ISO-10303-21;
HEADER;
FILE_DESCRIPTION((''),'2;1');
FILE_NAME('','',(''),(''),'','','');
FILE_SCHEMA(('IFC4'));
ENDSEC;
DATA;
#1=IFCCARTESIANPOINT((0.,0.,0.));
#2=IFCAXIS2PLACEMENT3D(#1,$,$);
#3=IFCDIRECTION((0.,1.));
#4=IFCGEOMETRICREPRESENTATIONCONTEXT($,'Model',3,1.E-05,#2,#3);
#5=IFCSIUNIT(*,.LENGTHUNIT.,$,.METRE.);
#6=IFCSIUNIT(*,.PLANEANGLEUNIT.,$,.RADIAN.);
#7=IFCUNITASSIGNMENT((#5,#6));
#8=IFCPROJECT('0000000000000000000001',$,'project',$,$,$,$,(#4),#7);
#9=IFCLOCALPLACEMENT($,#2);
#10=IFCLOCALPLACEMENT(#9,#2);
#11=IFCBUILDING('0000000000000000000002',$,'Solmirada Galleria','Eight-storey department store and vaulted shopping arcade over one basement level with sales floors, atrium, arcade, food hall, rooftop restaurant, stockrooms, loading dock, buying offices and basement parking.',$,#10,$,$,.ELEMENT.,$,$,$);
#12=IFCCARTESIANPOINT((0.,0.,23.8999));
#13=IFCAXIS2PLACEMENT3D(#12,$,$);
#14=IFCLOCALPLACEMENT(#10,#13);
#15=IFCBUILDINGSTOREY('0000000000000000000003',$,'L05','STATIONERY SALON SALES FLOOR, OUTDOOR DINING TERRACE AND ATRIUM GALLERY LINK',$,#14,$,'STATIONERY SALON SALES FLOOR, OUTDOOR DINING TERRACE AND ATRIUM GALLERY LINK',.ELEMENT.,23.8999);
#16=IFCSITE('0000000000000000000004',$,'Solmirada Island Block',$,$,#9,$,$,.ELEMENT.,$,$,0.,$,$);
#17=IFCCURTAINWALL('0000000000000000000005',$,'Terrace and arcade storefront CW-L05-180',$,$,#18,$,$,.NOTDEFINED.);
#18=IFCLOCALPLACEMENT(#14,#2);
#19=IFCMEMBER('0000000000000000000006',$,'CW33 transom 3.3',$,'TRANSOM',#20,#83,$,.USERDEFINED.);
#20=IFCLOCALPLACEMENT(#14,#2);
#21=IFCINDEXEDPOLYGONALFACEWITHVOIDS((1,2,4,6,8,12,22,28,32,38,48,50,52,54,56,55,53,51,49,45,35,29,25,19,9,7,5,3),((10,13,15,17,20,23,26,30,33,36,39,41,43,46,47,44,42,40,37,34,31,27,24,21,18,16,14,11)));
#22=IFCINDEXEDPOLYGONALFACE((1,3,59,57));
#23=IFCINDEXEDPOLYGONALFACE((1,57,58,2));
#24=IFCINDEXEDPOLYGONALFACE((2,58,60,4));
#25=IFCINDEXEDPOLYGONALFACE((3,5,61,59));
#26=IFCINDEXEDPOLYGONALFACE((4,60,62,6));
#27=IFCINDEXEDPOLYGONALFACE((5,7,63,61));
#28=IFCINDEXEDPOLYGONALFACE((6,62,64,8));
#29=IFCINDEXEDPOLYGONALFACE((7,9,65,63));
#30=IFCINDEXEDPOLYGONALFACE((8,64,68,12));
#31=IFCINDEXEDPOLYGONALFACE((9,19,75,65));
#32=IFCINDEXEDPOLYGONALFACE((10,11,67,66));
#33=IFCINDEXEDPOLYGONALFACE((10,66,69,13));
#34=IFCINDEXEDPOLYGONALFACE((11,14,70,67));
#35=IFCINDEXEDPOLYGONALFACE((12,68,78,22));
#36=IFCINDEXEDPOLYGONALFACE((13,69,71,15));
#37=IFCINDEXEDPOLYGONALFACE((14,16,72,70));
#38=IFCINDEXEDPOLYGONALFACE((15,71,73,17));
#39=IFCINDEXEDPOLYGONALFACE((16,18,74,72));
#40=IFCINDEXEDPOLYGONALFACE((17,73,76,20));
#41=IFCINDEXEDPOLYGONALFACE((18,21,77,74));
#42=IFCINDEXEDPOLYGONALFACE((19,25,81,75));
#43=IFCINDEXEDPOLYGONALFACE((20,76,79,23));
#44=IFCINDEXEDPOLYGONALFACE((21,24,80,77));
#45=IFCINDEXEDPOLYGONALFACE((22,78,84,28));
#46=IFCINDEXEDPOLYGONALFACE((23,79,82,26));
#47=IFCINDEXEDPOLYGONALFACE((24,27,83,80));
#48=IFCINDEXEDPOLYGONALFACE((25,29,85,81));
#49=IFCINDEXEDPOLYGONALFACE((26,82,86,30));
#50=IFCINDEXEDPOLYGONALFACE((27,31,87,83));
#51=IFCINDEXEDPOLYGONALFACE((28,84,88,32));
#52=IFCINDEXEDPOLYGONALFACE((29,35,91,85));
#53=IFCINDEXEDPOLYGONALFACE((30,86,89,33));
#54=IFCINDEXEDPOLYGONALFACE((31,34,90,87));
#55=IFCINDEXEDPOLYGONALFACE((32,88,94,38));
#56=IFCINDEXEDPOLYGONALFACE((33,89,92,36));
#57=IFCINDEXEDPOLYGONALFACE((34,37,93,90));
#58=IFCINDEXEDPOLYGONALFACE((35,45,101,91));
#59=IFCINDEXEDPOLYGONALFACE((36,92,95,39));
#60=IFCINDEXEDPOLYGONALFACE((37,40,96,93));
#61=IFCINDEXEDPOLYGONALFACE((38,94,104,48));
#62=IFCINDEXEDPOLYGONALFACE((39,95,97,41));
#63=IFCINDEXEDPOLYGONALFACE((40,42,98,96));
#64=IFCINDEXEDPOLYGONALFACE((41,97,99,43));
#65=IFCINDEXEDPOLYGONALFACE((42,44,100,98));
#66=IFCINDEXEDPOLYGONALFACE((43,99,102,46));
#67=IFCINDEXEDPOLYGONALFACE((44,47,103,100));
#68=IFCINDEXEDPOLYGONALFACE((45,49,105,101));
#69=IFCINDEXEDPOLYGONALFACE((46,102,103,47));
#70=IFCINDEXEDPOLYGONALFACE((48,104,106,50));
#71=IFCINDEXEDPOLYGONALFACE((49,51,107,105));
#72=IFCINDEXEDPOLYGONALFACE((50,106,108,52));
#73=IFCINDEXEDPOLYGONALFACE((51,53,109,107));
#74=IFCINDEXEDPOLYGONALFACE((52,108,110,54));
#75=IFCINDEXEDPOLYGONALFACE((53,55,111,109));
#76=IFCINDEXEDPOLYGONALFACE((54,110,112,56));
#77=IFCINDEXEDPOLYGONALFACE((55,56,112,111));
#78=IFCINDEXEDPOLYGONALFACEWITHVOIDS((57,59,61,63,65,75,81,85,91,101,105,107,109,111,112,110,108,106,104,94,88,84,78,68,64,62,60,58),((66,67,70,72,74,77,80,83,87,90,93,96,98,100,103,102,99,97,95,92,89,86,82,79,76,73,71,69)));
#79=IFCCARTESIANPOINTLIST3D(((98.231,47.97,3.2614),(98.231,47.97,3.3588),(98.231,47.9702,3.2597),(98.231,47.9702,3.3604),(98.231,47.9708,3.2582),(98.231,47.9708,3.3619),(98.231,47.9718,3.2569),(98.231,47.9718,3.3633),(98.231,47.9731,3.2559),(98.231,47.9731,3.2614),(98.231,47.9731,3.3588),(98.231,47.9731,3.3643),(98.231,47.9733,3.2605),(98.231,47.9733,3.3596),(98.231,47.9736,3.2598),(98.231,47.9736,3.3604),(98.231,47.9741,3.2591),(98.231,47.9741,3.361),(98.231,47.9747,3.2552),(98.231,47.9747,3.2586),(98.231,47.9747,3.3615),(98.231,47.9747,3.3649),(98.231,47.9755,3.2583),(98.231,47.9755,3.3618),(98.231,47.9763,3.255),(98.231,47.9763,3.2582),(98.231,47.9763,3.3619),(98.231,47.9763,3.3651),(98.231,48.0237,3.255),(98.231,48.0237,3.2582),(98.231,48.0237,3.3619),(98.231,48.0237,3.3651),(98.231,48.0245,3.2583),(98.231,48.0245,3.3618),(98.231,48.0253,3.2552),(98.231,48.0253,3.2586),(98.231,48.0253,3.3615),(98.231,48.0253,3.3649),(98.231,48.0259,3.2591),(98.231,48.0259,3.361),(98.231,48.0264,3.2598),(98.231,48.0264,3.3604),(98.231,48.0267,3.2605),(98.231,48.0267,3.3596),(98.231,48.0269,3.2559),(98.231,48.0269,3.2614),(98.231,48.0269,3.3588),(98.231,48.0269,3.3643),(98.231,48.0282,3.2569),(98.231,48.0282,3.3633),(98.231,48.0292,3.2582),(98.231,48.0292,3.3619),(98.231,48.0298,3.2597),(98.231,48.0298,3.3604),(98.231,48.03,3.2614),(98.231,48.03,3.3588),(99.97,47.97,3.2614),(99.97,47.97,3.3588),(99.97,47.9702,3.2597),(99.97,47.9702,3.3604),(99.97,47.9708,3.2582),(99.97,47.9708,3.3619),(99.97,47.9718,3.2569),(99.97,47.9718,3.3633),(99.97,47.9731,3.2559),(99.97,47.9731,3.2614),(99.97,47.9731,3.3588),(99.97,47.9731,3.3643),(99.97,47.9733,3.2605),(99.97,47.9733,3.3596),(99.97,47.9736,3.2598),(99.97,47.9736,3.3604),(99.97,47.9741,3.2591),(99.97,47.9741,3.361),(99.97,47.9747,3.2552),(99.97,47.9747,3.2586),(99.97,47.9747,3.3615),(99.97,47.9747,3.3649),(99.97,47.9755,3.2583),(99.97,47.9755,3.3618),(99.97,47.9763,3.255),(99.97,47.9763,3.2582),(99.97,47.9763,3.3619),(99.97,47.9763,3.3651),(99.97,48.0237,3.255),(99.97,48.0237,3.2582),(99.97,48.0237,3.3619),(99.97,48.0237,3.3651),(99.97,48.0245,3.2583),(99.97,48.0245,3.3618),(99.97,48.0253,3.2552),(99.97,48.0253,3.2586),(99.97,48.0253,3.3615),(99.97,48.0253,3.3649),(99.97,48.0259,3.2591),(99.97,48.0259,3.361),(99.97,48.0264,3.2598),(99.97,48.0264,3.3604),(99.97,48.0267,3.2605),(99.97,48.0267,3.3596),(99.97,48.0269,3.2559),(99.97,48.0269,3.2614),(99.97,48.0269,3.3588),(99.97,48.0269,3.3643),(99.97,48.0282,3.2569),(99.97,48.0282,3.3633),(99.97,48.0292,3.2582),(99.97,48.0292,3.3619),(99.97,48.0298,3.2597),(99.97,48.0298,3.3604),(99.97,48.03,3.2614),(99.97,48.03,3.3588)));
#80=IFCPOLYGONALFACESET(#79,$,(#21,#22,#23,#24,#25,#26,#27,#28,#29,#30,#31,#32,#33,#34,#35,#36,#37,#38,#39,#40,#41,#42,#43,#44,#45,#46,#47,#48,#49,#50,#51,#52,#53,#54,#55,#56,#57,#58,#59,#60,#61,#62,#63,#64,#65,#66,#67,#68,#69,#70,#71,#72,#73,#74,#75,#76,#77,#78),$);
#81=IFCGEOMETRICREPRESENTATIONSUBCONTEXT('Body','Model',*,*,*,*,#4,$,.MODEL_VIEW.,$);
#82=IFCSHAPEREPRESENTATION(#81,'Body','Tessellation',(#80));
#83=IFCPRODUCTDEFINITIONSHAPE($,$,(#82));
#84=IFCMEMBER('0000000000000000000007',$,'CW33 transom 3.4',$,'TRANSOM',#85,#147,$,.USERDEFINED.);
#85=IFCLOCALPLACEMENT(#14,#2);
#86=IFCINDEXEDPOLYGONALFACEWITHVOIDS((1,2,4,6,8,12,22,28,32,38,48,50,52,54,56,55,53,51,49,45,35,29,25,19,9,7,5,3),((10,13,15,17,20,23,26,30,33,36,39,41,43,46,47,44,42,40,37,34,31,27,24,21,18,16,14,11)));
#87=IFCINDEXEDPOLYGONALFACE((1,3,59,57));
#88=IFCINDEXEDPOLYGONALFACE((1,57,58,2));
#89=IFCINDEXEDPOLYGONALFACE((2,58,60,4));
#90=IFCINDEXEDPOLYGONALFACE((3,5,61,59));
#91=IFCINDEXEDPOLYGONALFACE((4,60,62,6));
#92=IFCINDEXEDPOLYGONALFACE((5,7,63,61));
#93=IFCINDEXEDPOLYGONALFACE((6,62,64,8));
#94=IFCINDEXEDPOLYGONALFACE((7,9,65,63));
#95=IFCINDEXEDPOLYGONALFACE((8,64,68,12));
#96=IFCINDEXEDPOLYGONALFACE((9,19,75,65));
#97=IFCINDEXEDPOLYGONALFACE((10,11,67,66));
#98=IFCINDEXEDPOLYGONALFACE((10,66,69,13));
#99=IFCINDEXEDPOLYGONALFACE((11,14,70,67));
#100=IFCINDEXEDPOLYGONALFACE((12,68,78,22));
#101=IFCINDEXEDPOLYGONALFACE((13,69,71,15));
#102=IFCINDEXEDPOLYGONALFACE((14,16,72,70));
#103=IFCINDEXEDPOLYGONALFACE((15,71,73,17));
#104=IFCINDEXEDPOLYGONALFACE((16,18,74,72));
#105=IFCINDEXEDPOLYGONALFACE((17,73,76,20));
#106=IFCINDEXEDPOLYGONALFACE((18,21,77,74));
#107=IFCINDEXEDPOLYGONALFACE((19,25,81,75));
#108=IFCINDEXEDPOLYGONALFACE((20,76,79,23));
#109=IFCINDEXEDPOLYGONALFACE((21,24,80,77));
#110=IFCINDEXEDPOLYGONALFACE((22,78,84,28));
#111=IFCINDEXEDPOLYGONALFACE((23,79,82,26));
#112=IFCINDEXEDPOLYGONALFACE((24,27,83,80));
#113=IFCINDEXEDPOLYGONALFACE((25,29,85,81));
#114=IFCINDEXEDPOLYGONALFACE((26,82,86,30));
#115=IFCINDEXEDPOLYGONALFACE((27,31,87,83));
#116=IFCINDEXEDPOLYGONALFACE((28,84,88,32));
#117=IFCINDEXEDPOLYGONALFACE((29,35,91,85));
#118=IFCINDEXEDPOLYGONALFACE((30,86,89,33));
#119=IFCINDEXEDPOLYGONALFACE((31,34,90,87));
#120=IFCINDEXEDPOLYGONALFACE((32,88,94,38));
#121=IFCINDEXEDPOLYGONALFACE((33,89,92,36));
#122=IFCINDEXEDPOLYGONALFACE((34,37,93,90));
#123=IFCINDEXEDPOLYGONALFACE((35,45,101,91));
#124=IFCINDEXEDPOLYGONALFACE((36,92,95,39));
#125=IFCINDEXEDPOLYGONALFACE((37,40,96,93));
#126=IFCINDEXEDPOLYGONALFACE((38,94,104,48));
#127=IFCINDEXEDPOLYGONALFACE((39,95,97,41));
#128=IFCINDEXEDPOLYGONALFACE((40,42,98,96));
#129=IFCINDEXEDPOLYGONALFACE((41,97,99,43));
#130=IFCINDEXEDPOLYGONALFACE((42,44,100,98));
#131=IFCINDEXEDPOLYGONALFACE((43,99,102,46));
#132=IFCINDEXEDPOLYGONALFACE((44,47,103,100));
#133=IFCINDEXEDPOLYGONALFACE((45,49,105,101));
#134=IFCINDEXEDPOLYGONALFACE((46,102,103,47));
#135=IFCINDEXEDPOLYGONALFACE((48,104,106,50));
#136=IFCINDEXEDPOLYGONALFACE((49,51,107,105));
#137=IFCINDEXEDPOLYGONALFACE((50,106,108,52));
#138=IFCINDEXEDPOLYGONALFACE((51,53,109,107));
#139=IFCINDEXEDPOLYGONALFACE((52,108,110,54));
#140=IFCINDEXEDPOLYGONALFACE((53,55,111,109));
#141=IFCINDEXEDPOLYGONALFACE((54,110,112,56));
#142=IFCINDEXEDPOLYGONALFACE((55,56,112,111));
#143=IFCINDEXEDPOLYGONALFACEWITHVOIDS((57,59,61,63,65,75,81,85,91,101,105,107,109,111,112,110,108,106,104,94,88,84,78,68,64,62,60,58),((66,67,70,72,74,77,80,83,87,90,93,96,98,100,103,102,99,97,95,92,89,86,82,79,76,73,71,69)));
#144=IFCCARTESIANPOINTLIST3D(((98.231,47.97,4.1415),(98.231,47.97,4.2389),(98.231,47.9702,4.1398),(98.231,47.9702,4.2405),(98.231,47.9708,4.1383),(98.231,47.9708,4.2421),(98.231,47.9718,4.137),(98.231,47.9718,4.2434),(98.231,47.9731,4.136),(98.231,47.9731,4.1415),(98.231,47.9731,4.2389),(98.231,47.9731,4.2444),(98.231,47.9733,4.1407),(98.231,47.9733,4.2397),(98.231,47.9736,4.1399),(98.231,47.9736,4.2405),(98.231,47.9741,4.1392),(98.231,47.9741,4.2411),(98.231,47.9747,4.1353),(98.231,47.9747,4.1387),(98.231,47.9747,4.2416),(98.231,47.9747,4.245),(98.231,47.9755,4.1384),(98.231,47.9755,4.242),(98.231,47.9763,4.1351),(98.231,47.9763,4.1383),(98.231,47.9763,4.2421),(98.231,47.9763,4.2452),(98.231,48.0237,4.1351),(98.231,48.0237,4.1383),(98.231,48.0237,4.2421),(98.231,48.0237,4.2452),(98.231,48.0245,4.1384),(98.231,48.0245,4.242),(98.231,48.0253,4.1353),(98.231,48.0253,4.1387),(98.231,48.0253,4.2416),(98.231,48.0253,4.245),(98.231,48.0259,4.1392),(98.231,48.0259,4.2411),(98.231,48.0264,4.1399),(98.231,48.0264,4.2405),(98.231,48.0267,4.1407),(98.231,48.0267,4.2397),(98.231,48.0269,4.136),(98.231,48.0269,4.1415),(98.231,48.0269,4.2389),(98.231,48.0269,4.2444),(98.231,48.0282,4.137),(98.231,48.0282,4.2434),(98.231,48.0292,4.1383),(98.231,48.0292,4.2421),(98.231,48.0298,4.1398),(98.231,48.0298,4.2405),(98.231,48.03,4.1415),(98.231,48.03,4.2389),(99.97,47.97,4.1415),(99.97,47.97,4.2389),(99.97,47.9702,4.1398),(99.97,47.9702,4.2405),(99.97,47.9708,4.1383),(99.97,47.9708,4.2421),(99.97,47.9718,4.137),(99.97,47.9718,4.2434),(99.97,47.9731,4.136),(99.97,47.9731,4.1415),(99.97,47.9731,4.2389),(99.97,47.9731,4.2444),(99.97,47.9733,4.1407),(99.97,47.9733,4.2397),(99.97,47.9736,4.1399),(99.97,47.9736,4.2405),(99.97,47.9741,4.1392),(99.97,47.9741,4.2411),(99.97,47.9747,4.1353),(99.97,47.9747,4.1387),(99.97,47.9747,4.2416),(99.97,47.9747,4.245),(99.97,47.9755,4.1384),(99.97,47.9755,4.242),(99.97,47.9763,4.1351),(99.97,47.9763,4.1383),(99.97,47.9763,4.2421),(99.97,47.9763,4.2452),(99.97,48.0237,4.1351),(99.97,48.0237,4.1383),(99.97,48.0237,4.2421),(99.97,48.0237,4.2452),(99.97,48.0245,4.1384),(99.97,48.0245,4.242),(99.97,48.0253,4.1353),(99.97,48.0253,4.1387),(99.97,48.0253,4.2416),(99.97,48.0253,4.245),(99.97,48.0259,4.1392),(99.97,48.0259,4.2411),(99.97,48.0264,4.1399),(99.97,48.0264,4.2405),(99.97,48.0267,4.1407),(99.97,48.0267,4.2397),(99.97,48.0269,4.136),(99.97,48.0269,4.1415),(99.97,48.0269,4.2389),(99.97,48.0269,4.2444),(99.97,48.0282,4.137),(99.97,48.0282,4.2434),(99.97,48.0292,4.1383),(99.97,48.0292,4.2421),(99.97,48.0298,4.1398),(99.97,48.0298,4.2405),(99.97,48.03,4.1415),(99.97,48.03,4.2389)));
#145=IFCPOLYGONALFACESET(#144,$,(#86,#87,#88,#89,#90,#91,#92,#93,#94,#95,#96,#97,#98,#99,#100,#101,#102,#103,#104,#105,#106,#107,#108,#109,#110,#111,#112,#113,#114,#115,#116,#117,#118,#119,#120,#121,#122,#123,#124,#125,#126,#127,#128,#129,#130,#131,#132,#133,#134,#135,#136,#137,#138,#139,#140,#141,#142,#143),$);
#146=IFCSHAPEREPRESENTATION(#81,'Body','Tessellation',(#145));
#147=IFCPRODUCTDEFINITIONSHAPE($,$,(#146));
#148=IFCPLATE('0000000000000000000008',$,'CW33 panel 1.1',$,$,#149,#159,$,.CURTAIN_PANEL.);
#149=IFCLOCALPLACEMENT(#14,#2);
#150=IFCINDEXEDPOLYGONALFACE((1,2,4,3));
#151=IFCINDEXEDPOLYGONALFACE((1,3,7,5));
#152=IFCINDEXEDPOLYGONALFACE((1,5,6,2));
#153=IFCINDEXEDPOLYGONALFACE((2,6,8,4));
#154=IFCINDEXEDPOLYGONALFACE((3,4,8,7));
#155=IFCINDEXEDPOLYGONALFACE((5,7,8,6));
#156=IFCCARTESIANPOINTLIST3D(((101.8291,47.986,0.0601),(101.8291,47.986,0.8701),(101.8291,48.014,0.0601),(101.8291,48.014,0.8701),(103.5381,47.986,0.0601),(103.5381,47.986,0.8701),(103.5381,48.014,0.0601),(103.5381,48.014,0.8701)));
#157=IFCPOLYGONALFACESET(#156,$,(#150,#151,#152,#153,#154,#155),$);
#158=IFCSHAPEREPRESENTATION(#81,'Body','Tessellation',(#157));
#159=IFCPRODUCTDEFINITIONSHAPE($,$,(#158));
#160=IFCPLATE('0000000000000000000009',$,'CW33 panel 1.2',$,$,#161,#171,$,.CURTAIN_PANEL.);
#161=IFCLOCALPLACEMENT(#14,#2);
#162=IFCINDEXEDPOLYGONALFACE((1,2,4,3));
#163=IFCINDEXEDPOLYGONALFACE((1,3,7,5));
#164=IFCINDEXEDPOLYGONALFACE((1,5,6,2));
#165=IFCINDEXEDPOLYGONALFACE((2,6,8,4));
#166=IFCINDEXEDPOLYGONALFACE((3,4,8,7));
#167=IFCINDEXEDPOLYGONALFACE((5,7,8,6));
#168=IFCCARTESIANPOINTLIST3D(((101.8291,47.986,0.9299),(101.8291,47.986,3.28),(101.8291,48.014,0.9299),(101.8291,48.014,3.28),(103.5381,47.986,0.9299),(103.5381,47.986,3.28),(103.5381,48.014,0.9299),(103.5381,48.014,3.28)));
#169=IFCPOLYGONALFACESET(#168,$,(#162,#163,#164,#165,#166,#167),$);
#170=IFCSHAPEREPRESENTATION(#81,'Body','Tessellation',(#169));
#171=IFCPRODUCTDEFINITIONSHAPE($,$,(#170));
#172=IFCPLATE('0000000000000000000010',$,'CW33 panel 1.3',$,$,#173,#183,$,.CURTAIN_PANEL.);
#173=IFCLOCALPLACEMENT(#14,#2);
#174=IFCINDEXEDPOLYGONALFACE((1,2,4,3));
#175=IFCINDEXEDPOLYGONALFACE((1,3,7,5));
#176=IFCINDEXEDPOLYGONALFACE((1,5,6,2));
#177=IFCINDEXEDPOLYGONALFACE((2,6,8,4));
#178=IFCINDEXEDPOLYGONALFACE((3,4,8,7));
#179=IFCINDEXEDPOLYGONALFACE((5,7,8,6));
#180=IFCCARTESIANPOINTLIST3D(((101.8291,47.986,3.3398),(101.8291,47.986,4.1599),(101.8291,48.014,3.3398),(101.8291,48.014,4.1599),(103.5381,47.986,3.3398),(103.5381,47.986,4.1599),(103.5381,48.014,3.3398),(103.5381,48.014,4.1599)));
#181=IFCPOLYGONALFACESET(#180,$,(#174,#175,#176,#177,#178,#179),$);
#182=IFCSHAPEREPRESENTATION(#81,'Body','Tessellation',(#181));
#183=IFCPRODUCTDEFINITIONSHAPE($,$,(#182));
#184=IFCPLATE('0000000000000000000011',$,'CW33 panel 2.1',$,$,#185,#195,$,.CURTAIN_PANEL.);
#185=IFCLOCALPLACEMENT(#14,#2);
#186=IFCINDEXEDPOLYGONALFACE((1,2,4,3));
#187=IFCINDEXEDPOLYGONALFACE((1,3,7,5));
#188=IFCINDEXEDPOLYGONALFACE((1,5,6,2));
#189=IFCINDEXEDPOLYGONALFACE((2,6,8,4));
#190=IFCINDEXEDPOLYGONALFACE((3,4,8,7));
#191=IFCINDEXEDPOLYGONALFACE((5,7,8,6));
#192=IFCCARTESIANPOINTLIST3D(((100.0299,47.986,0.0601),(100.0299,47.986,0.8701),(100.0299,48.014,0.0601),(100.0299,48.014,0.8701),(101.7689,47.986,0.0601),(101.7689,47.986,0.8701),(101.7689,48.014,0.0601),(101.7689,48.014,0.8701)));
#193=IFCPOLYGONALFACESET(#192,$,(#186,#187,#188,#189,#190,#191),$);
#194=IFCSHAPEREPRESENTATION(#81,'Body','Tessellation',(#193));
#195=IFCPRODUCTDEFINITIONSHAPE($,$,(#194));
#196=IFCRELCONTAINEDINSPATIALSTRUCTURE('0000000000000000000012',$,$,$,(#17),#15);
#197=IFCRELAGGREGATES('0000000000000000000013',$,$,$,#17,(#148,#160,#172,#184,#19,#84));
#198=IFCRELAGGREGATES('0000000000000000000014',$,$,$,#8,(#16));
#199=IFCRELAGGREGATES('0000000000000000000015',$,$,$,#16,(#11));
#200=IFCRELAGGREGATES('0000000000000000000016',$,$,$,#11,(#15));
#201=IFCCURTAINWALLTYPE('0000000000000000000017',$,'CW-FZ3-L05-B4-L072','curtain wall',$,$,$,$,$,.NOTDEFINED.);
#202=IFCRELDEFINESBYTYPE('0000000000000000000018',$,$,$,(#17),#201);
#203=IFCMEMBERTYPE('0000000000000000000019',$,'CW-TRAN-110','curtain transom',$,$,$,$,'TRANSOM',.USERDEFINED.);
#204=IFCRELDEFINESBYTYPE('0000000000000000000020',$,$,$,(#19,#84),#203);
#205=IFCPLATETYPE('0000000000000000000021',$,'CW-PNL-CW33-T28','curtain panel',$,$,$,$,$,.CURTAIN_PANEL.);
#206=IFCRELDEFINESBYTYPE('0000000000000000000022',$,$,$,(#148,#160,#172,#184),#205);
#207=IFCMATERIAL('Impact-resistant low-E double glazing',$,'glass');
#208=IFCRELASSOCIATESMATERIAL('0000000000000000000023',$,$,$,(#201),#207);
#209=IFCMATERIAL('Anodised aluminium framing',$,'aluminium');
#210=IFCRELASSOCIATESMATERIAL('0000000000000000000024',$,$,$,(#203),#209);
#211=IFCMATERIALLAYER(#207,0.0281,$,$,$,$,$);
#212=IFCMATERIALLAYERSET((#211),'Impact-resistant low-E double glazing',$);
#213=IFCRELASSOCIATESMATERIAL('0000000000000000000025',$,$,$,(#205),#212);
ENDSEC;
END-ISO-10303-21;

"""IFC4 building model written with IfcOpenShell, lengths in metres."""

from ifc_helpers import new_model, si_unit, direction, frame, origin, origin_2d, place, context, subcontext, project, spatial, rectangle, hollow_rectangle, extrude, material, layer, layer_set, material_profile, profile_set, type_object, element, aggregate, save


model = new_model("IFC4")

# Units and contexts
model_context = context("Model", 3, precision=1e-05, world=origin(), true_north=direction((0.0, 1.0)))
body_context = subcontext(model_context, "Body", "Model", "MODEL_VIEW")
ifc_project = project(units=[si_unit("LENGTHUNIT", "METRE"), si_unit("PLANEANGLEUNIT", "RADIAN")], contexts=[model_context])

# Site, building, storey
site_placement = place(None, origin())
site = spatial("IfcSite", under=ifc_project, at=site_placement, Name="Solmirada Island Block", CompositionType="ELEMENT", RefElevation=0.0)
building_placement = place(site_placement, origin())
building = spatial("IfcBuilding", under=site, at=building_placement, Name="Solmirada Galleria", Description="Eight-storey department store and vaulted shopping arcade over one basement level with sales floors, atrium, arcade, food hall, rooftop restaurant, stockrooms, loading dock, buying offices and basement parking.", CompositionType="ELEMENT")
storey_placement = place(building_placement, frame((0.0, 0.0, 23.8999)))
storey = spatial("IfcBuildingStorey", under=building, at=storey_placement, Name="L05", Description="STATIONERY SALON SALES FLOOR, OUTDOOR DINING TERRACE AND ATRIUM GALLERY LINK", LongName="STATIONERY SALON SALES FLOOR, OUTDOOR DINING TERRACE AND ATRIUM GALLERY LINK", CompositionType="ELEMENT", Elevation=23.8999)

# Curtain wall, members, plates
ifc_material_1 = material(Name="Impact-resistant low-E double glazing", Category="glass")
curtain_wall_type = type_object("IfcCurtainWallType", Name="CW-FZ3-L05-B4-L072", Description="curtain wall", PredefinedType="NOTDEFINED", material=ifc_material_1)
curtain_wall_placement = place(storey_placement, origin())
curtain_wall = element("IfcCurtainWall", 1, at=curtain_wall_placement, inside=storey, type_object=curtain_wall_type, Name="Terrace and arcade storefront CW-L05-180", PredefinedType="NOTDEFINED")
ifc_material_2 = material(Name="Anodised aluminium framing", Category="aluminium")
ifc_material_profile_1 = material_profile(ifc_material_2, hollow_rectangle(XDim=0.0601, YDim=0.1101, WallThickness=0.0032, InnerFilletRadius=0.0032, OuterFilletRadius=0.0063, at=origin_2d()), Name="ALU-TRAN-110X60")
ifc_profile_set_1 = profile_set([ifc_material_profile_1], Name="Anodised aluminium framing")
member_type_1 = type_object("IfcMemberType", Name="CW-TRAN-110", Description="curtain transom", ElementType="TRANSOM", PredefinedType="USERDEFINED", material=ifc_profile_set_1)
member_1_placement = place(storey_placement, frame((99.97, 48.0, 3.3101), z_axis=(-1.0, 0.0, 0.0), x_axis=(0.0, -1.0, 0.0)))
member_1 = element("IfcMember", 2, at=member_1_placement, type_object=member_type_1, Name="CW33 transom 3.3", ObjectType="TRANSOM", PredefinedType="USERDEFINED", context=body_context, shape_type="SweptSolid", body=[
    extrude(hollow_rectangle(XDim=0.0601, YDim=0.1101, WallThickness=0.0032, InnerFilletRadius=0.0032, OuterFilletRadius=0.0063, at=origin_2d()), origin(), (0.0, 0.0, 1.0), 1.739),
])
member_2_placement = place(storey_placement, frame((99.97, 48.0, 4.1902), z_axis=(-1.0, 0.0, 0.0), x_axis=(0.0, -1.0, 0.0)))
member_2 = element("IfcMember", 3, at=member_2_placement, type_object=member_type_1, Name="CW33 transom 3.4", ObjectType="TRANSOM", PredefinedType="USERDEFINED", context=body_context, shape_type="SweptSolid", body=[
    extrude(hollow_rectangle(XDim=0.0601, YDim=0.1101, WallThickness=0.0032, InnerFilletRadius=0.0032, OuterFilletRadius=0.0063, at=origin_2d()), origin(), (0.0, 0.0, 1.0), 1.739),
])
ifc_layer_1 = layer(ifc_material_1, 0.0281)
ifc_layer_set_1 = layer_set([ifc_layer_1], Name="Impact-resistant low-E double glazing")
plate_type = type_object("IfcPlateType", Name="CW-PNL-CW33-T28", Description="curtain panel", PredefinedType="CURTAIN_PANEL", material=ifc_layer_set_1)
plate_1_placement = place(storey_placement, frame((102.6836, 48.0, 0.0601), z_axis=(0.0, 0.0, 1.0), x_axis=(-1.0, 0.0, 0.0)))
plate_1 = element("IfcPlate", 4, at=plate_1_placement, type_object=plate_type, Name="CW33 panel 1.1", PredefinedType="CURTAIN_PANEL", context=body_context, shape_type="SweptSolid", body=[
    extrude(rectangle(XDim=1.709, YDim=0.0281, at=origin_2d()), origin(), (0.0, 0.0, 1.0), 0.8101),
])
plate_2_placement = place(storey_placement, frame((102.6836, 48.0, 0.9299), z_axis=(0.0, 0.0, 1.0), x_axis=(-1.0, 0.0, 0.0)))
plate_2 = element("IfcPlate", 5, at=plate_2_placement, type_object=plate_type, Name="CW33 panel 1.2", PredefinedType="CURTAIN_PANEL", context=body_context, shape_type="SweptSolid", body=[
    extrude(rectangle(XDim=1.709, YDim=0.0281, at=origin_2d()), origin(), (0.0, 0.0, 1.0), 2.3501),
])
plate_3_placement = place(storey_placement, frame((102.6836, 48.0, 3.3398), z_axis=(0.0, 0.0, 1.0), x_axis=(-1.0, 0.0, 0.0)))
plate_3 = element("IfcPlate", 6, at=plate_3_placement, type_object=plate_type, Name="CW33 panel 1.3", PredefinedType="CURTAIN_PANEL", context=body_context, shape_type="SweptSolid", body=[
    extrude(rectangle(XDim=1.709, YDim=0.0281, at=origin_2d()), origin(), (0.0, 0.0, 1.0), 0.8201),
])
plate_4_placement = place(storey_placement, frame((100.8994, 48.0, 0.0601), z_axis=(0.0, 0.0, 1.0), x_axis=(-1.0, 0.0, 0.0)))
plate_4 = element("IfcPlate", 7, at=plate_4_placement, type_object=plate_type, Name="CW33 panel 2.1", PredefinedType="CURTAIN_PANEL", context=body_context, shape_type="SweptSolid", body=[
    extrude(rectangle(XDim=1.739, YDim=0.0281, at=origin_2d()), origin(), (0.0, 0.0, 1.0), 0.8101),
])
aggregate(curtain_wall, [plate_1, plate_2, plate_3, plate_4, member_1, member_2])

save(model, "model.ifc")
